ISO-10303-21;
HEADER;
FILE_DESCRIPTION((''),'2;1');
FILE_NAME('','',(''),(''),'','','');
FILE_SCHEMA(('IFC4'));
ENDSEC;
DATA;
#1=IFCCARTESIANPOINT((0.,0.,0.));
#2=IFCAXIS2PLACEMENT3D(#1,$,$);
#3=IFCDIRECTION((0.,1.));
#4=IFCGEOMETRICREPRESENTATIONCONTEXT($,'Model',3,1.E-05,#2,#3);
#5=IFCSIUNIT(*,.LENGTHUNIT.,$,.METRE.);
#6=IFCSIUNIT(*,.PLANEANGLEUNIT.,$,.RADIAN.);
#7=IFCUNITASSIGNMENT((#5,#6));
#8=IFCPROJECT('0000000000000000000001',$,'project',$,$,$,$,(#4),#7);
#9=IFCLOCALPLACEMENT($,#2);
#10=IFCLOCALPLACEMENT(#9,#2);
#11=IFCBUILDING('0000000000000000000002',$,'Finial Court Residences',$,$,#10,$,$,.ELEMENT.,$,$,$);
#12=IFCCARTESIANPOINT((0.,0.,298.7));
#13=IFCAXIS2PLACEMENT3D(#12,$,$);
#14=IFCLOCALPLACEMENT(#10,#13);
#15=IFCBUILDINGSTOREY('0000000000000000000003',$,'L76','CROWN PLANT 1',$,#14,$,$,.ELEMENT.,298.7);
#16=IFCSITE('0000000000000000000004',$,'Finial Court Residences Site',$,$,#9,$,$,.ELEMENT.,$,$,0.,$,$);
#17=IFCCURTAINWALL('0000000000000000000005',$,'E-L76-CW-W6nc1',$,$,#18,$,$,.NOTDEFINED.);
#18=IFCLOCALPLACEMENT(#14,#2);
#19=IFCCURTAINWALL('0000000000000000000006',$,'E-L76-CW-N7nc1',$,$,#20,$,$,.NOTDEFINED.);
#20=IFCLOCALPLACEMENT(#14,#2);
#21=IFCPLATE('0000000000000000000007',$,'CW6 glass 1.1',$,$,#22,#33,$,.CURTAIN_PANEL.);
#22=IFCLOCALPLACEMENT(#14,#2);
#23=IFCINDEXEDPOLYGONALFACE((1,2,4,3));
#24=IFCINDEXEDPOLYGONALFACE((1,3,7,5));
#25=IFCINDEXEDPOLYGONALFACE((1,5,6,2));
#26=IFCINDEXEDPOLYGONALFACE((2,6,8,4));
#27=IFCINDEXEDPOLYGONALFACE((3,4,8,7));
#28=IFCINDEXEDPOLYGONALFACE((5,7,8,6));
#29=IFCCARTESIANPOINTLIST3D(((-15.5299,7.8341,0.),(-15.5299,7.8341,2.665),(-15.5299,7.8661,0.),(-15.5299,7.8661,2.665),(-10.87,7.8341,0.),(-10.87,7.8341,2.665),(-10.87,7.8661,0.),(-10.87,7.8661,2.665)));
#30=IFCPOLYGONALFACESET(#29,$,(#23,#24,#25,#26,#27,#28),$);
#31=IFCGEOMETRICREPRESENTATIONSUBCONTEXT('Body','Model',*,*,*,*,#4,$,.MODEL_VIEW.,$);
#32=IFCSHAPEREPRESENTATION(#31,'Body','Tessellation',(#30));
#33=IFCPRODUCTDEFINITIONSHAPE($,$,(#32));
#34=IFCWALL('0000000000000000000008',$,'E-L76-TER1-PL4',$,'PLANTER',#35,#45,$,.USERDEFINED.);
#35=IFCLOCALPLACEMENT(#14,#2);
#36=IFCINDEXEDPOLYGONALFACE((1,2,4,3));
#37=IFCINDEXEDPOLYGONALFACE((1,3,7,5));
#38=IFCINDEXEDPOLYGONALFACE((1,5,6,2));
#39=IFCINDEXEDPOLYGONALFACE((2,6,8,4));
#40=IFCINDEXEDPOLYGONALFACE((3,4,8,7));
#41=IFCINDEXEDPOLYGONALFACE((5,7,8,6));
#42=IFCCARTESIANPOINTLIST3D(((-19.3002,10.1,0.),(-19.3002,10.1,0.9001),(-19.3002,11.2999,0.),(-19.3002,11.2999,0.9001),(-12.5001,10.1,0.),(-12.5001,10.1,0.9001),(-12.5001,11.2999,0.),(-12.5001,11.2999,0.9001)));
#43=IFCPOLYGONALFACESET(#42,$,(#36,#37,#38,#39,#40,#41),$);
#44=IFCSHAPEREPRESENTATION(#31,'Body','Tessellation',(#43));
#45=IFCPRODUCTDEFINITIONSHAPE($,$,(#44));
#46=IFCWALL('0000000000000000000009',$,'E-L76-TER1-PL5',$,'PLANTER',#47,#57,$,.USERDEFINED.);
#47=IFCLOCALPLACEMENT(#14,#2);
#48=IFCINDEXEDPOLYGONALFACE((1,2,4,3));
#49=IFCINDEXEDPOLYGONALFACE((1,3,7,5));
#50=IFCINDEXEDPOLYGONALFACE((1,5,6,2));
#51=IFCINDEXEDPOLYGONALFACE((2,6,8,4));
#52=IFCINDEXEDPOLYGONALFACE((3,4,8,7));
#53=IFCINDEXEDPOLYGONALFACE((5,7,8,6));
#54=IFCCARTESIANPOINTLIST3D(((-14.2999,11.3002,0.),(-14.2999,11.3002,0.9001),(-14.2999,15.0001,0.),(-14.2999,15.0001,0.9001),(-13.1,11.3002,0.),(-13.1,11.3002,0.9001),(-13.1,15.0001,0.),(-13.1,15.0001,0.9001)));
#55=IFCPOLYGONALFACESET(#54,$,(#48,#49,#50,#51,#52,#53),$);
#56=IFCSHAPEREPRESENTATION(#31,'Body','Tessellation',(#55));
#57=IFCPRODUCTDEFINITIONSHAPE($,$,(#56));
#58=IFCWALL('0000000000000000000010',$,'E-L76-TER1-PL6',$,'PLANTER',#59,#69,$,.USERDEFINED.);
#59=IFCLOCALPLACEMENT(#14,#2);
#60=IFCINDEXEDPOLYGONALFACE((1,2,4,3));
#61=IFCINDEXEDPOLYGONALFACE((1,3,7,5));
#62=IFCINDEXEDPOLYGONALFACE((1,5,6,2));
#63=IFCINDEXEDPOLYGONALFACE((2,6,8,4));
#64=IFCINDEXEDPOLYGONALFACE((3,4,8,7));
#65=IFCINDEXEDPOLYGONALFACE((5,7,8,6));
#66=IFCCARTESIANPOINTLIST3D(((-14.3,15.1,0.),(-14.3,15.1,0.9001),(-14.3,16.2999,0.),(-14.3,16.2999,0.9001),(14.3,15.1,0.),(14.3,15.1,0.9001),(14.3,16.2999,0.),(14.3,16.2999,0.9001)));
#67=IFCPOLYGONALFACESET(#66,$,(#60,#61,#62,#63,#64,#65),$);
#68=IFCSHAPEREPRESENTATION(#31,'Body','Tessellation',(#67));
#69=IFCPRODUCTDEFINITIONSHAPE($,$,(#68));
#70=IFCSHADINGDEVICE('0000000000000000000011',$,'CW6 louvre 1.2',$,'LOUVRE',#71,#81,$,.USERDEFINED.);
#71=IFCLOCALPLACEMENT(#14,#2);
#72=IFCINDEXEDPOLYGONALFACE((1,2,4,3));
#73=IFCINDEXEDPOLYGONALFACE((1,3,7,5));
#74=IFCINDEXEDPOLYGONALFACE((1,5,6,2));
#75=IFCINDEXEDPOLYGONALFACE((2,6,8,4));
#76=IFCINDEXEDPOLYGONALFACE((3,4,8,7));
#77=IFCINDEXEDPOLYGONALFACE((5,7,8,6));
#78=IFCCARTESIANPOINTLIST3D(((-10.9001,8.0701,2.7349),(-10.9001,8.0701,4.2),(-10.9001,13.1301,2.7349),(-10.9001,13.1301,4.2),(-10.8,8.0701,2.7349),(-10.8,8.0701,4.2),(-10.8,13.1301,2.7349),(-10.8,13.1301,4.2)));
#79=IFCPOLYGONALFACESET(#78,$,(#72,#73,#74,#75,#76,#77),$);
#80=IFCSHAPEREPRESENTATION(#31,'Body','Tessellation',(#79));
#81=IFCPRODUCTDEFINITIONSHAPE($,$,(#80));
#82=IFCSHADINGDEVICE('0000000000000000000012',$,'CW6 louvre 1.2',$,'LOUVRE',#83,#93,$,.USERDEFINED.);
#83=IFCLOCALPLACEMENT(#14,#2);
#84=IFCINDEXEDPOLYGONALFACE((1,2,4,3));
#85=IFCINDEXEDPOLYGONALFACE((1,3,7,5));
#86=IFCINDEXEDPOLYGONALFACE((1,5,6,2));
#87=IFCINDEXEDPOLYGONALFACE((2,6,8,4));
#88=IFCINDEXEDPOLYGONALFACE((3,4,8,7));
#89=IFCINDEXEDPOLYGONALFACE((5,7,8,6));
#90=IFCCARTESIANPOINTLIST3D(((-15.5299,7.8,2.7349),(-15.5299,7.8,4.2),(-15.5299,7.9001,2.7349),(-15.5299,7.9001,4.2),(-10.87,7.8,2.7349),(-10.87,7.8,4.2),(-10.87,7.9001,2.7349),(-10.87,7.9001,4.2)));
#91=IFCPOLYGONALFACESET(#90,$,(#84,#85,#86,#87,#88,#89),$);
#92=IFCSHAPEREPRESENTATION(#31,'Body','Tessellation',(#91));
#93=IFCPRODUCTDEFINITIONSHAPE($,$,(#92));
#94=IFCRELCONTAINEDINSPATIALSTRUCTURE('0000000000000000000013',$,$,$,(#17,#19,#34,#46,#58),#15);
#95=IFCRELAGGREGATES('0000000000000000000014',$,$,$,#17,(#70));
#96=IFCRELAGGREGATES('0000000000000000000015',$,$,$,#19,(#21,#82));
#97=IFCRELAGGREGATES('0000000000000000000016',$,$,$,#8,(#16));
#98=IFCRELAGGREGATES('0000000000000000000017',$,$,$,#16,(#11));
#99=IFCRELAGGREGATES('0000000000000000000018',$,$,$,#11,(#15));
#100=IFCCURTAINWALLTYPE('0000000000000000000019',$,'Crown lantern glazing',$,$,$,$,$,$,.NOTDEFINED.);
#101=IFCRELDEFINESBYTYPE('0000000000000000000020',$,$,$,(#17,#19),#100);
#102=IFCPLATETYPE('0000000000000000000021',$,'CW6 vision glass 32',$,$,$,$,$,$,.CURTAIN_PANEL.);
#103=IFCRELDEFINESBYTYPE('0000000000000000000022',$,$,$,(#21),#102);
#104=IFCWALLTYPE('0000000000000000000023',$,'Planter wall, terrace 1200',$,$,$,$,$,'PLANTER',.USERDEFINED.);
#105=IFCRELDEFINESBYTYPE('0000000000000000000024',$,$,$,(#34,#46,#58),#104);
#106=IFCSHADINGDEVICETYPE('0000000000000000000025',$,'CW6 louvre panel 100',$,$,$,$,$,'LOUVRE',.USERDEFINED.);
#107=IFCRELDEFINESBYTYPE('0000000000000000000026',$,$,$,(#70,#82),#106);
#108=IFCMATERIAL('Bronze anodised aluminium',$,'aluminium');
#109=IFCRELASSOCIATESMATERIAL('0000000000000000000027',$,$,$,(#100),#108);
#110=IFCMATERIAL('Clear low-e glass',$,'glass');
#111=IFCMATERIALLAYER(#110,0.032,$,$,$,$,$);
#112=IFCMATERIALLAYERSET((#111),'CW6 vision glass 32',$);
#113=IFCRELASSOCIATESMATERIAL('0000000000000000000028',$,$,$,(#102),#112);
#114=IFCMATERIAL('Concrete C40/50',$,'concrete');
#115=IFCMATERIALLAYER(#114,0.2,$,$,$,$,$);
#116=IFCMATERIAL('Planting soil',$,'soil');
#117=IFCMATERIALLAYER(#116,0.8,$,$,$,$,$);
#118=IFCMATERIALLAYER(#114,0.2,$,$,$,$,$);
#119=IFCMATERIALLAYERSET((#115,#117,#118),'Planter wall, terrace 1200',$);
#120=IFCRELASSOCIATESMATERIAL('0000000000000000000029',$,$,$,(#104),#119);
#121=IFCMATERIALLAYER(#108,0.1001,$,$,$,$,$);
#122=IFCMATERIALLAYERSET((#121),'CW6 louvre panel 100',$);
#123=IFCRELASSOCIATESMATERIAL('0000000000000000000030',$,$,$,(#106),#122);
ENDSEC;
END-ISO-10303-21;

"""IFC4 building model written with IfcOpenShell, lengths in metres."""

from ifc_helpers import new_model, si_unit, direction, frame, frame_2d, origin, origin_2d, place, context, subcontext, project, spatial, rectangle, extrude, material, layer, layer_set, type_object, element, aggregate, save


model = new_model("IFC4")

# Units and contexts
model_context = context("Model", 3, precision=1e-05, world=origin(), true_north=direction((0.0, 1.0)))
body_context = subcontext(model_context, "Body", "Model", "MODEL_VIEW")
ifc_project = project(units=[si_unit("LENGTHUNIT", "METRE"), si_unit("PLANEANGLEUNIT", "RADIAN")], contexts=[model_context])

# Site, building, storey
site_placement = place(None, origin())
site = spatial("IfcSite", under=ifc_project, at=site_placement, Name="Finial Court Residences Site", CompositionType="ELEMENT", RefElevation=0.0)
building_placement = place(site_placement, origin())
building = spatial("IfcBuilding", under=site, at=building_placement, Name="Finial Court Residences", CompositionType="ELEMENT")
storey_placement = place(building_placement, frame((0.0, 0.0, 298.7)))
storey = spatial("IfcBuildingStorey", under=building, at=storey_placement, Name="L76", Description="CROWN PLANT 1", CompositionType="ELEMENT", Elevation=298.7)

# Shared definitions
ifc_material_1 = material(Name="Concrete C40/50", Category="concrete")

# Shared definitions
ifc_material_2 = material(Name="Bronze anodised aluminium", Category="aluminium")
curtain_wall_type = type_object("IfcCurtainWallType", Name="Crown lantern glazing", PredefinedType="NOTDEFINED", material=ifc_material_2)

# Curtain walls
curtain_wall_1_placement = place(storey_placement, origin())
curtain_wall_1 = element("IfcCurtainWall", 1, at=curtain_wall_1_placement, inside=storey, type_object=curtain_wall_type, Name="E-L76-CW-W6nc1", PredefinedType="NOTDEFINED")
curtain_wall_2_placement = place(storey_placement, origin())
curtain_wall_2 = element("IfcCurtainWall", 2, at=curtain_wall_2_placement, inside=storey, type_object=curtain_wall_type, Name="E-L76-CW-N7nc1", PredefinedType="NOTDEFINED")

# Plate
ifc_material_3 = material(Name="Clear low-e glass", Category="glass")
ifc_layer_1 = layer(ifc_material_3, 0.032)
ifc_layer_set_1 = layer_set([ifc_layer_1], Name="CW6 vision glass 32")
plate_type = type_object("IfcPlateType", Name="CW6 vision glass 32", PredefinedType="CURTAIN_PANEL", material=ifc_layer_set_1)
plate_1_placement = place(storey_placement, frame((-13.2, 7.8501, 0.0), z_axis=(0.0, 0.0, 1.0), x_axis=(1.0, 0.0, 0.0)))
plate_1 = element("IfcPlate", 3, at=plate_1_placement, type_object=plate_type, Name="CW6 glass 1.1", PredefinedType="CURTAIN_PANEL", context=body_context, shape_type="SweptSolid", body=[
    extrude(rectangle(XDim=4.6599, YDim=0.032, at=origin_2d()), origin(), (0.0, 0.0, 1.0), 2.665),
])

# Walls
ifc_layer_2 = layer(ifc_material_1, 0.2)
ifc_material_4 = material(Name="Planting soil", Category="soil")
ifc_layer_3 = layer(ifc_material_4, 0.8)
ifc_layer_4 = layer(ifc_material_1, 0.2)
ifc_layer_set_2 = layer_set([ifc_layer_2, ifc_layer_3, ifc_layer_4], Name="Planter wall, terrace 1200")
wall_type_1 = type_object("IfcWallType", Name="Planter wall, terrace 1200", ElementType="PLANTER", PredefinedType="USERDEFINED", material=ifc_layer_set_2)
wall_1_placement = place(storey_placement, frame((-19.3, 10.7, 0.0), z_axis=(0.0, 0.0, 1.0), x_axis=(1.0, 0.0, 0.0)))
element("IfcWall", 4, at=wall_1_placement, inside=storey, type_object=wall_type_1, Name="E-L76-TER1-PL4", ObjectType="PLANTER", PredefinedType="USERDEFINED", context=body_context, shape_type="SweptSolid", body=[
    extrude(rectangle(XDim=6.8, YDim=1.2, at=frame_2d((3.3999, 0.0))), origin(), (0.0, 0.0, 1.0), 0.9001),
])
wall_2_placement = place(storey_placement, frame((-13.7, 11.3, 0.0), z_axis=(0.0, 0.0, 1.0), x_axis=(0.0, 1.0, 0.0)))
element("IfcWall", 5, at=wall_2_placement, inside=storey, type_object=wall_type_1, Name="E-L76-TER1-PL5", ObjectType="PLANTER", PredefinedType="USERDEFINED", context=body_context, shape_type="SweptSolid", body=[
    extrude(rectangle(XDim=3.7, YDim=1.2, at=frame_2d((1.8501, 0.0))), origin(), (0.0, 0.0, 1.0), 0.9001),
])
wall_3_placement = place(storey_placement, frame((-14.3, 15.7, 0.0), z_axis=(0.0, 0.0, 1.0), x_axis=(1.0, 0.0, 0.0)))
element("IfcWall", 6, at=wall_3_placement, inside=storey, type_object=wall_type_1, Name="E-L76-TER1-PL6", ObjectType="PLANTER", PredefinedType="USERDEFINED", context=body_context, shape_type="SweptSolid", body=[
    extrude(rectangle(XDim=28.6001, YDim=1.2, at=frame_2d((14.3, 0.0))), origin(), (0.0, 0.0, 1.0), 0.9001),
])

# Shading devices
ifc_layer_5 = layer(ifc_material_2, 0.1001)
ifc_layer_set_3 = layer_set([ifc_layer_5], Name="CW6 louvre panel 100")
shading_device_type = type_object("IfcShadingDeviceType", Name="CW6 louvre panel 100", ElementType="LOUVRE", PredefinedType="USERDEFINED", material=ifc_layer_set_3)
shading_device_1_placement = place(storey_placement, frame((-10.8501, 10.6001, 2.7349), z_axis=(0.0, 0.0, 1.0), x_axis=(0.0, 1.0, 0.0)))
shading_device_1 = element("IfcShadingDevice", 7, at=shading_device_1_placement, type_object=shading_device_type, Name="CW6 louvre 1.2", ObjectType="LOUVRE", PredefinedType="USERDEFINED", context=body_context, shape_type="SweptSolid", body=[
    extrude(rectangle(XDim=5.0601, YDim=0.1001, at=origin_2d()), origin(), (0.0, 0.0, 1.0), 1.4651),
])
aggregate(curtain_wall_1, [shading_device_1])
shading_device_2_placement = place(storey_placement, frame((-13.2, 7.8501, 2.7349), z_axis=(0.0, 0.0, 1.0), x_axis=(1.0, 0.0, 0.0)))
shading_device_2 = element("IfcShadingDevice", 8, at=shading_device_2_placement, type_object=shading_device_type, Name="CW6 louvre 1.2", ObjectType="LOUVRE", PredefinedType="USERDEFINED", context=body_context, shape_type="SweptSolid", body=[
    extrude(rectangle(XDim=4.6599, YDim=0.1001, at=origin_2d()), origin(), (0.0, 0.0, 1.0), 1.4651),
])
aggregate(curtain_wall_2, [plate_1, shading_device_2])

save(model, "model.ifc")
